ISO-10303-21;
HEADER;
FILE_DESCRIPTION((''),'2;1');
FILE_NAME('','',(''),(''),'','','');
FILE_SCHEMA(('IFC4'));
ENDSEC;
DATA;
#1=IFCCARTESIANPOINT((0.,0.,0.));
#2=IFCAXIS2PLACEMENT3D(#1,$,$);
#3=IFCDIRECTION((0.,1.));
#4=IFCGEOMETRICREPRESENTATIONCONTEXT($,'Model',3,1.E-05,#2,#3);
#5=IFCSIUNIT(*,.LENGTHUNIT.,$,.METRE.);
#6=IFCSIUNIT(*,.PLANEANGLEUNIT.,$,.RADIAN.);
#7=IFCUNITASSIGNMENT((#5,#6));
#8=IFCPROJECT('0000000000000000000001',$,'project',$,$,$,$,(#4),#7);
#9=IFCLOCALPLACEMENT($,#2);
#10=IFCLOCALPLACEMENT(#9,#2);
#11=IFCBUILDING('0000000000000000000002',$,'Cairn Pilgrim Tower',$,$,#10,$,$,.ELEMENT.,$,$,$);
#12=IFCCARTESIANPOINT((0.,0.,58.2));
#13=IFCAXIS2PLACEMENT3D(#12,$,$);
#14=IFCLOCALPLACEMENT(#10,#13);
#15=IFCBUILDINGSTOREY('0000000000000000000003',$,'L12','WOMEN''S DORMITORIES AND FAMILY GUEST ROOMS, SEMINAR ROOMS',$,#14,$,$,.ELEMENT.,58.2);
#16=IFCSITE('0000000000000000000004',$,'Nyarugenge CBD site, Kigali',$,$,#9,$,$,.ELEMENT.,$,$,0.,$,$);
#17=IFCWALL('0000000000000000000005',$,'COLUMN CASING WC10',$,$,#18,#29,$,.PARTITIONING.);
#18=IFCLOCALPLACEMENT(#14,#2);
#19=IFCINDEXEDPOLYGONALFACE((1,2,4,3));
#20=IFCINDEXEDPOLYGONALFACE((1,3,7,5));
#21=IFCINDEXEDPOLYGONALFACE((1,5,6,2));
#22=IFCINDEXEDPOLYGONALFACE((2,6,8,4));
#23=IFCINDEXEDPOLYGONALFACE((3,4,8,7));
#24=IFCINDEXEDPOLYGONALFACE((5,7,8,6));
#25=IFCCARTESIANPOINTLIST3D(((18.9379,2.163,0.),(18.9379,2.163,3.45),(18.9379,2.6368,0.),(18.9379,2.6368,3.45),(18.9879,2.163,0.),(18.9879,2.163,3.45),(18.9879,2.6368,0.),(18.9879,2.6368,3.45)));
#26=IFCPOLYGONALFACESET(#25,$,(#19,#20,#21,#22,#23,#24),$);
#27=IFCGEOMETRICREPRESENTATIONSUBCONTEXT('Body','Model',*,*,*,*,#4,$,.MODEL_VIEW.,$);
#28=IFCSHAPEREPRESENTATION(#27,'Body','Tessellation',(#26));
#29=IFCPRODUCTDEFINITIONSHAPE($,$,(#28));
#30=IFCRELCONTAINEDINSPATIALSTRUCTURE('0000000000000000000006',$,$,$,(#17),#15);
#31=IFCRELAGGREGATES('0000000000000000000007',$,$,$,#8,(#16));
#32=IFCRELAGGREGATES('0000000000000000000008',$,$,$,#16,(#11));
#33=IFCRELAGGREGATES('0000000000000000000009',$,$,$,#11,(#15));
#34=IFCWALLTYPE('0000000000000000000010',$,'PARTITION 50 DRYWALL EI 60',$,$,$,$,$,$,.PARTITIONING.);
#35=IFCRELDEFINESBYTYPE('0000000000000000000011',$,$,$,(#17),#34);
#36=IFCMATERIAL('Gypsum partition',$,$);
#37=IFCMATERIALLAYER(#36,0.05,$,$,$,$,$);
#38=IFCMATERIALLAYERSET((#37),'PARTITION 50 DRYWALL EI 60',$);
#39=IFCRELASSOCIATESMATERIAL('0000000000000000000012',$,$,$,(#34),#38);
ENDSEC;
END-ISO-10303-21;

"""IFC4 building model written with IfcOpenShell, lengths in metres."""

from ifc_helpers import new_model, si_unit, direction, frame, frame_2d, origin, place, context, subcontext, project, spatial, rectangle, extrude, material, layer, layer_set, type_object, element, save


model = new_model("IFC4")

# Units and contexts
model_context = context("Model", 3, precision=1e-05, world=origin(), true_north=direction((0.0, 1.0)))
body_context = subcontext(model_context, "Body", "Model", "MODEL_VIEW")
ifc_project = project(units=[si_unit("LENGTHUNIT", "METRE"), si_unit("PLANEANGLEUNIT", "RADIAN")], contexts=[model_context])

# Site, building, storey
site_placement = place(None, origin())
site = spatial("IfcSite", under=ifc_project, at=site_placement, Name="Nyarugenge CBD site, Kigali", CompositionType="ELEMENT", RefElevation=0.0)
building_placement = place(site_placement, origin())
building = spatial("IfcBuilding", under=site, at=building_placement, Name="Cairn Pilgrim Tower", CompositionType="ELEMENT")
storey_placement = place(building_placement, frame((0.0, 0.0, 58.2)))
storey = spatial("IfcBuildingStorey", under=building, at=storey_placement, Name="L12", Description="WOMEN'S DORMITORIES AND FAMILY GUEST ROOMS, SEMINAR ROOMS", CompositionType="ELEMENT", Elevation=58.2)

# Shared definitions
ifc_material_1 = material(Name="Gypsum partition")

# Wall
ifc_layer_1 = layer(ifc_material_1, 0.05)
ifc_layer_set_1 = layer_set([ifc_layer_1], Name="PARTITION 50 DRYWALL EI 60")
wall_type_1 = type_object("IfcWallType", Name="PARTITION 50 DRYWALL EI 60", PredefinedType="PARTITIONING", material=ifc_layer_set_1)
wall_1_placement = place(storey_placement, frame((18.9629, 2.1631, 0.0), z_axis=(0.0, 0.0, 1.0), x_axis=(0.0, 1.0, 0.0)))
element("IfcWall", 1, at=wall_1_placement, inside=storey, type_object=wall_type_1, Name="COLUMN CASING WC10", PredefinedType="PARTITIONING", context=body_context, shape_type="SweptSolid", body=[
    extrude(rectangle(XDim=0.4739, YDim=0.05, at=frame_2d((0.2368, 0.0))), origin(), (0.0, 0.0, 1.0), 3.45),
])

save(model, "model.ifc")
